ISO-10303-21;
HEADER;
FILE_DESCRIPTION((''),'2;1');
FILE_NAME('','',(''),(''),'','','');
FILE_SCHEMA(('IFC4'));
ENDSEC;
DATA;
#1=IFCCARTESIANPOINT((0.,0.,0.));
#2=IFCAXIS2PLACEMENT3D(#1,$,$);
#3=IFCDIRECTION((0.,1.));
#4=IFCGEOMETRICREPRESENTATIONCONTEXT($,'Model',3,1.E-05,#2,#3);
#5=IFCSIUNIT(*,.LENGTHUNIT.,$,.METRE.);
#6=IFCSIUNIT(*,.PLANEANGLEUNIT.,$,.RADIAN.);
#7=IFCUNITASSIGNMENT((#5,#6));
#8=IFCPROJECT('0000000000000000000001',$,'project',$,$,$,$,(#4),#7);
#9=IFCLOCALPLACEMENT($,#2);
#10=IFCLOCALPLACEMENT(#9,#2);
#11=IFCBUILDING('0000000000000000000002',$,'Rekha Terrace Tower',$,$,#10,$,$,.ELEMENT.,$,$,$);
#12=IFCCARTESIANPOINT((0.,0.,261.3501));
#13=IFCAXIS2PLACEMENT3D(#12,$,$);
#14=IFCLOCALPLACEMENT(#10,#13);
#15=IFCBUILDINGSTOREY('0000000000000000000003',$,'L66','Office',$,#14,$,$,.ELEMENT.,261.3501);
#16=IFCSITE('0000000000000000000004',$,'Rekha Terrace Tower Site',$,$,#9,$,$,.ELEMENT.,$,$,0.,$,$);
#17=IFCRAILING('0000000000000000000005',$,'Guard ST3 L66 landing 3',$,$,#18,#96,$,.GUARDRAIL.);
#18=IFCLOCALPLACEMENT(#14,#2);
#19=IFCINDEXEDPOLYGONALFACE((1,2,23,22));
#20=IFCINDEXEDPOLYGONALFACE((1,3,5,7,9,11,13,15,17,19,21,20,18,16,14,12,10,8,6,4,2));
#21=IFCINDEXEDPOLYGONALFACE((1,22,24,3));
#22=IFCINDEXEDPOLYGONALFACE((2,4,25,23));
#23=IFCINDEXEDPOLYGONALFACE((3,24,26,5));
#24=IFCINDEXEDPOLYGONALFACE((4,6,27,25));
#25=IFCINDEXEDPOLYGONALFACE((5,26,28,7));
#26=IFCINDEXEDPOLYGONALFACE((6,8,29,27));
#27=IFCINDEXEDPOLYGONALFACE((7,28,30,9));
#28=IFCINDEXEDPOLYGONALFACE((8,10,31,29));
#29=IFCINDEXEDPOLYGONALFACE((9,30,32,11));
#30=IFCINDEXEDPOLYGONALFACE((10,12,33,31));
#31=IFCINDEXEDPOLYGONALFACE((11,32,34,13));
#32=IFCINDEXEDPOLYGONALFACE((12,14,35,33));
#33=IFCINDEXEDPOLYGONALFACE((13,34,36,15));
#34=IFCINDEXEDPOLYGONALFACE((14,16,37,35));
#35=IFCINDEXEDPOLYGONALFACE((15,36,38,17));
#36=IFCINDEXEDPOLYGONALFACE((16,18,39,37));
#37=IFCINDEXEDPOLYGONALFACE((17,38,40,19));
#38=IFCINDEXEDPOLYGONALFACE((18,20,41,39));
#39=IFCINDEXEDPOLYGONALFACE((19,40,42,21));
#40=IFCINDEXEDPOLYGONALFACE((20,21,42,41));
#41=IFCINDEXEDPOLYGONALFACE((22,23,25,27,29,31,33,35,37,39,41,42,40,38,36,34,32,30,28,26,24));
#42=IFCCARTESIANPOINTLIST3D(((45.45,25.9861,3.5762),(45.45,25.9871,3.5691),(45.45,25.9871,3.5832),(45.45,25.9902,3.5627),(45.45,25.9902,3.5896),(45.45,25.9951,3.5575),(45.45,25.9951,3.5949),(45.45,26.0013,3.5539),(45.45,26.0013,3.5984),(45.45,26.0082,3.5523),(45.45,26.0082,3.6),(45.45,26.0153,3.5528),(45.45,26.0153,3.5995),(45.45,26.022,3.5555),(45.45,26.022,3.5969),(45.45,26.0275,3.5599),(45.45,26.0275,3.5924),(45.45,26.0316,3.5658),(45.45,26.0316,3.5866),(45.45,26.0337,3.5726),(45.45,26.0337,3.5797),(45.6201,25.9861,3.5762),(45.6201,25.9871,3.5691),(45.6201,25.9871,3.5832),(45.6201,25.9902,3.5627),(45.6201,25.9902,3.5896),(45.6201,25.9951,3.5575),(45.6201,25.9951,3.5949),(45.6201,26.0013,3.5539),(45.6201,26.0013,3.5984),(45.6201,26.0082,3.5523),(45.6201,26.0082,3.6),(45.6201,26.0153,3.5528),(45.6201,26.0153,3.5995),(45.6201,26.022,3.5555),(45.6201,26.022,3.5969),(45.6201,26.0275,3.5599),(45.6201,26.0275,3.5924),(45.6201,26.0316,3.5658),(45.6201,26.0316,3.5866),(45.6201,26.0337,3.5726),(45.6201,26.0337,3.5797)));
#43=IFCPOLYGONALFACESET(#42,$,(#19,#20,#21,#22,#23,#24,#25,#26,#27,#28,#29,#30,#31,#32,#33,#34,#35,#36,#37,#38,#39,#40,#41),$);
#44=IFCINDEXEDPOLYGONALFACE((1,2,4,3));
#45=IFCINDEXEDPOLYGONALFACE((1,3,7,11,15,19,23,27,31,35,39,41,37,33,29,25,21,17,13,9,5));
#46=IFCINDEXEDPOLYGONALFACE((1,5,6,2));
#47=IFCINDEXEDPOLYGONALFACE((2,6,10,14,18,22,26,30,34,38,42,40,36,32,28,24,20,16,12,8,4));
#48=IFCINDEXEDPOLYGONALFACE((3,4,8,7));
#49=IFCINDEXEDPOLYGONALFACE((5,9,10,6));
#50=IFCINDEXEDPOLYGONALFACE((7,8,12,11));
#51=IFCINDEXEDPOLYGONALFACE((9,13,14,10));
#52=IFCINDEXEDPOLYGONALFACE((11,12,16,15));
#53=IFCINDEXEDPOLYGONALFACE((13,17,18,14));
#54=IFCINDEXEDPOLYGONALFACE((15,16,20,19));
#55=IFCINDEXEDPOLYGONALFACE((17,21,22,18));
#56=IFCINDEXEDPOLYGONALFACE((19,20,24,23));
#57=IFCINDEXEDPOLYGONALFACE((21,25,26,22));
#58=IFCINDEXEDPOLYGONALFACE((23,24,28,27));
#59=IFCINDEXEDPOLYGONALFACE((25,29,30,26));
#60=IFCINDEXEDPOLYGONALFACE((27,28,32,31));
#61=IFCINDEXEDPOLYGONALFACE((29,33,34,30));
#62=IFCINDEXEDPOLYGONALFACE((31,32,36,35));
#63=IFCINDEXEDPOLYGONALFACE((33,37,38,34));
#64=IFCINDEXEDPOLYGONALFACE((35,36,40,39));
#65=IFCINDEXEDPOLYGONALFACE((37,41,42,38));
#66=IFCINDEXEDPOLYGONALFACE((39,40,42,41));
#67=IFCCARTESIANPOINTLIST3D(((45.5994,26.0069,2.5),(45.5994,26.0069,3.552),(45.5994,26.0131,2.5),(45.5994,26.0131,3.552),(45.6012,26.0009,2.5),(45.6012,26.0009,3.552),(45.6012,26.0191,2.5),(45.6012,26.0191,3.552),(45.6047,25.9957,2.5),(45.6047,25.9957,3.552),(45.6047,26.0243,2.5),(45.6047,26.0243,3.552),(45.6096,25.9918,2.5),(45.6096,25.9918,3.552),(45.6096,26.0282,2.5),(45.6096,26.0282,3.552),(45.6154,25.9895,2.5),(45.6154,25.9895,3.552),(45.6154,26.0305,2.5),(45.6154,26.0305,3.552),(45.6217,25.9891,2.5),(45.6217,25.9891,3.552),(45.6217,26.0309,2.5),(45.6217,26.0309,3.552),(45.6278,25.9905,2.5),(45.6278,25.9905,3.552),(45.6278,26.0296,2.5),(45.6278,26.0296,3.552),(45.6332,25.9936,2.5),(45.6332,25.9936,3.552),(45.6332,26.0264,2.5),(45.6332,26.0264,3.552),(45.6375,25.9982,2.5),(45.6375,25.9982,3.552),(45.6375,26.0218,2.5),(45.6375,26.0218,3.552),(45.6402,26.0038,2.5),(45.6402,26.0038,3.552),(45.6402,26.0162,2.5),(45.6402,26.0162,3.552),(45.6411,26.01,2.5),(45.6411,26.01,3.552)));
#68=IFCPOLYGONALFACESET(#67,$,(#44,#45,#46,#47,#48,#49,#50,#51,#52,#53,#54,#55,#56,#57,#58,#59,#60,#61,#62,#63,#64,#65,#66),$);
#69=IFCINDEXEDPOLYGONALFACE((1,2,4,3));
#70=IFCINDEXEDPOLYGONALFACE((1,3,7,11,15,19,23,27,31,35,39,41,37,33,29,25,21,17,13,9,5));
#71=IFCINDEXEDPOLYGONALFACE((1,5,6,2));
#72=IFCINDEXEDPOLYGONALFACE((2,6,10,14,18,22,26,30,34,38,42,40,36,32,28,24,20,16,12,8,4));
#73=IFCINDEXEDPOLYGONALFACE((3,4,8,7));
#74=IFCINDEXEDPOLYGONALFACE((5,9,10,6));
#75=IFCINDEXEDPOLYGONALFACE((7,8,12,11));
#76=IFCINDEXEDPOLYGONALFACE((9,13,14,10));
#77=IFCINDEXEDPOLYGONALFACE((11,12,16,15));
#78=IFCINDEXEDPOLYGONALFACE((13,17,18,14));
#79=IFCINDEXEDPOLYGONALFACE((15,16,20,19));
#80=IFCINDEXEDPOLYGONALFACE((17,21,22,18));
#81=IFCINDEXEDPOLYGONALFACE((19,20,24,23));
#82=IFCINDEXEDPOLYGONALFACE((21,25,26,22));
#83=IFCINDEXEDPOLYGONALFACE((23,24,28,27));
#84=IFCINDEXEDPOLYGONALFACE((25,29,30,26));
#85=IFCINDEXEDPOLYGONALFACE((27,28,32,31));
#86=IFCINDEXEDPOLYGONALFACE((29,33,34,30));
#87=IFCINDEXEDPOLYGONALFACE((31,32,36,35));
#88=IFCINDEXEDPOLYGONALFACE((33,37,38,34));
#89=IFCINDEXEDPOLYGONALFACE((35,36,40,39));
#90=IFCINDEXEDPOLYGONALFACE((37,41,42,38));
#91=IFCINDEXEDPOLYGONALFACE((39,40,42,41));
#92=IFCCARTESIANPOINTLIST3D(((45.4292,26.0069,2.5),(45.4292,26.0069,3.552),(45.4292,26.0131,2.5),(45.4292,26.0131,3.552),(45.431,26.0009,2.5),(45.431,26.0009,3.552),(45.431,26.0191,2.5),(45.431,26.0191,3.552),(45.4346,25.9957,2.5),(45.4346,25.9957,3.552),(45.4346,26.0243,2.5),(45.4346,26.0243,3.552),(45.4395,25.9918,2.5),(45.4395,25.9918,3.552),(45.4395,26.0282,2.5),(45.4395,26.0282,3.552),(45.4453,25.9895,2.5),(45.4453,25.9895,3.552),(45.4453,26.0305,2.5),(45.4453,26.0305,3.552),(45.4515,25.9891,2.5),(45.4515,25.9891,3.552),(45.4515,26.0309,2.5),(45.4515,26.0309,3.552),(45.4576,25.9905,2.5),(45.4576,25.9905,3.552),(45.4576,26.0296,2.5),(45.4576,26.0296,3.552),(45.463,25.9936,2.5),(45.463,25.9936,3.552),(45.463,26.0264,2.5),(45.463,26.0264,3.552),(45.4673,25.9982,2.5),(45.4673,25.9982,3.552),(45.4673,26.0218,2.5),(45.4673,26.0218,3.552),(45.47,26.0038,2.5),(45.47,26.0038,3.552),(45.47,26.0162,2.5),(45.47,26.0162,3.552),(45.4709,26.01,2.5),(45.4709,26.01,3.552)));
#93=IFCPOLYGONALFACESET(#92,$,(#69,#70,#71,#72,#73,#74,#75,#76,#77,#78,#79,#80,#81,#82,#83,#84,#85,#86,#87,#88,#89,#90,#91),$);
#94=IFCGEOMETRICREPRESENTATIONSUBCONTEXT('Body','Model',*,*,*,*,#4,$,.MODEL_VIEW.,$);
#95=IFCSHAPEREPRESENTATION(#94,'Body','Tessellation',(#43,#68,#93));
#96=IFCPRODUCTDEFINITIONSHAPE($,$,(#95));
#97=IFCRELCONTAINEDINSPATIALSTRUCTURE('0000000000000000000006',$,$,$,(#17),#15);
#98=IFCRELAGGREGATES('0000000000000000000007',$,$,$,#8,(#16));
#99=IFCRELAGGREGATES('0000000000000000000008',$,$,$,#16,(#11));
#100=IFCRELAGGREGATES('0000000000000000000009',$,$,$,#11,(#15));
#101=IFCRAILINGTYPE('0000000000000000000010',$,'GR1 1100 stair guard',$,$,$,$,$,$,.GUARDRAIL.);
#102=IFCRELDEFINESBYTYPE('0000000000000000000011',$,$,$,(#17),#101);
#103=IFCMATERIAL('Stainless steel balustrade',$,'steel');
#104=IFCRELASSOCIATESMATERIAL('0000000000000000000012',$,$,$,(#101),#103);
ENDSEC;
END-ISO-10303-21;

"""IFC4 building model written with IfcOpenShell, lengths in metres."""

from ifc_helpers import new_model, si_unit, direction, frame, origin, origin_2d, place, context, subcontext, project, spatial, circle, extrude, material, type_object, element, save


model = new_model("IFC4")

# Units and contexts
model_context = context("Model", 3, precision=1e-05, world=origin(), true_north=direction((0.0, 1.0)))
body_context = subcontext(model_context, "Body", "Model", "MODEL_VIEW")
ifc_project = project(units=[si_unit("LENGTHUNIT", "METRE"), si_unit("PLANEANGLEUNIT", "RADIAN")], contexts=[model_context])

# Site, building, storey
site_placement = place(None, origin())
site = spatial("IfcSite", under=ifc_project, at=site_placement, Name="Rekha Terrace Tower Site", CompositionType="ELEMENT", RefElevation=0.0)
building_placement = place(site_placement, origin())
building = spatial("IfcBuilding", under=site, at=building_placement, Name="Rekha Terrace Tower", CompositionType="ELEMENT")
storey_placement = place(building_placement, frame((0.0, 0.0, 261.3501)))
storey = spatial("IfcBuildingStorey", under=building, at=storey_placement, Name="L66", Description="Office", CompositionType="ELEMENT", Elevation=261.3501)

# Railing
ifc_material_1 = material(Name="Stainless steel balustrade", Category="steel")
railing_type_1 = type_object("IfcRailingType", Name="GR1 1100 stair guard", PredefinedType="GUARDRAIL", material=ifc_material_1)
railing_1_placement = place(storey_placement, frame((45.6201, 26.01, 2.5)))
element("IfcRailing", 1, at=railing_1_placement, inside=storey, type_object=railing_type_1, Name="Guard ST3 L66 landing 3", PredefinedType="GUARDRAIL", context=body_context, shape_type="SweptSolid", body=[
    extrude(circle(Radius=0.0239, at=origin_2d()), frame((0.0, 0.0, 1.0762), z_axis=(-1.0, 0.0, 0.0), x_axis=(0.0, -1.0, 0.0)), (0.0, 0.0, 1.0), 0.1702),
    extrude(circle(Radius=0.021, at=origin_2d()), origin(), (0.0, 0.0, 1.0), 1.052),
    extrude(circle(Radius=0.021, at=origin_2d()), frame((-0.1702, 0.0, 0.0)), (0.0, 0.0, 1.0), 1.052),
])

save(model, "model.ifc")
